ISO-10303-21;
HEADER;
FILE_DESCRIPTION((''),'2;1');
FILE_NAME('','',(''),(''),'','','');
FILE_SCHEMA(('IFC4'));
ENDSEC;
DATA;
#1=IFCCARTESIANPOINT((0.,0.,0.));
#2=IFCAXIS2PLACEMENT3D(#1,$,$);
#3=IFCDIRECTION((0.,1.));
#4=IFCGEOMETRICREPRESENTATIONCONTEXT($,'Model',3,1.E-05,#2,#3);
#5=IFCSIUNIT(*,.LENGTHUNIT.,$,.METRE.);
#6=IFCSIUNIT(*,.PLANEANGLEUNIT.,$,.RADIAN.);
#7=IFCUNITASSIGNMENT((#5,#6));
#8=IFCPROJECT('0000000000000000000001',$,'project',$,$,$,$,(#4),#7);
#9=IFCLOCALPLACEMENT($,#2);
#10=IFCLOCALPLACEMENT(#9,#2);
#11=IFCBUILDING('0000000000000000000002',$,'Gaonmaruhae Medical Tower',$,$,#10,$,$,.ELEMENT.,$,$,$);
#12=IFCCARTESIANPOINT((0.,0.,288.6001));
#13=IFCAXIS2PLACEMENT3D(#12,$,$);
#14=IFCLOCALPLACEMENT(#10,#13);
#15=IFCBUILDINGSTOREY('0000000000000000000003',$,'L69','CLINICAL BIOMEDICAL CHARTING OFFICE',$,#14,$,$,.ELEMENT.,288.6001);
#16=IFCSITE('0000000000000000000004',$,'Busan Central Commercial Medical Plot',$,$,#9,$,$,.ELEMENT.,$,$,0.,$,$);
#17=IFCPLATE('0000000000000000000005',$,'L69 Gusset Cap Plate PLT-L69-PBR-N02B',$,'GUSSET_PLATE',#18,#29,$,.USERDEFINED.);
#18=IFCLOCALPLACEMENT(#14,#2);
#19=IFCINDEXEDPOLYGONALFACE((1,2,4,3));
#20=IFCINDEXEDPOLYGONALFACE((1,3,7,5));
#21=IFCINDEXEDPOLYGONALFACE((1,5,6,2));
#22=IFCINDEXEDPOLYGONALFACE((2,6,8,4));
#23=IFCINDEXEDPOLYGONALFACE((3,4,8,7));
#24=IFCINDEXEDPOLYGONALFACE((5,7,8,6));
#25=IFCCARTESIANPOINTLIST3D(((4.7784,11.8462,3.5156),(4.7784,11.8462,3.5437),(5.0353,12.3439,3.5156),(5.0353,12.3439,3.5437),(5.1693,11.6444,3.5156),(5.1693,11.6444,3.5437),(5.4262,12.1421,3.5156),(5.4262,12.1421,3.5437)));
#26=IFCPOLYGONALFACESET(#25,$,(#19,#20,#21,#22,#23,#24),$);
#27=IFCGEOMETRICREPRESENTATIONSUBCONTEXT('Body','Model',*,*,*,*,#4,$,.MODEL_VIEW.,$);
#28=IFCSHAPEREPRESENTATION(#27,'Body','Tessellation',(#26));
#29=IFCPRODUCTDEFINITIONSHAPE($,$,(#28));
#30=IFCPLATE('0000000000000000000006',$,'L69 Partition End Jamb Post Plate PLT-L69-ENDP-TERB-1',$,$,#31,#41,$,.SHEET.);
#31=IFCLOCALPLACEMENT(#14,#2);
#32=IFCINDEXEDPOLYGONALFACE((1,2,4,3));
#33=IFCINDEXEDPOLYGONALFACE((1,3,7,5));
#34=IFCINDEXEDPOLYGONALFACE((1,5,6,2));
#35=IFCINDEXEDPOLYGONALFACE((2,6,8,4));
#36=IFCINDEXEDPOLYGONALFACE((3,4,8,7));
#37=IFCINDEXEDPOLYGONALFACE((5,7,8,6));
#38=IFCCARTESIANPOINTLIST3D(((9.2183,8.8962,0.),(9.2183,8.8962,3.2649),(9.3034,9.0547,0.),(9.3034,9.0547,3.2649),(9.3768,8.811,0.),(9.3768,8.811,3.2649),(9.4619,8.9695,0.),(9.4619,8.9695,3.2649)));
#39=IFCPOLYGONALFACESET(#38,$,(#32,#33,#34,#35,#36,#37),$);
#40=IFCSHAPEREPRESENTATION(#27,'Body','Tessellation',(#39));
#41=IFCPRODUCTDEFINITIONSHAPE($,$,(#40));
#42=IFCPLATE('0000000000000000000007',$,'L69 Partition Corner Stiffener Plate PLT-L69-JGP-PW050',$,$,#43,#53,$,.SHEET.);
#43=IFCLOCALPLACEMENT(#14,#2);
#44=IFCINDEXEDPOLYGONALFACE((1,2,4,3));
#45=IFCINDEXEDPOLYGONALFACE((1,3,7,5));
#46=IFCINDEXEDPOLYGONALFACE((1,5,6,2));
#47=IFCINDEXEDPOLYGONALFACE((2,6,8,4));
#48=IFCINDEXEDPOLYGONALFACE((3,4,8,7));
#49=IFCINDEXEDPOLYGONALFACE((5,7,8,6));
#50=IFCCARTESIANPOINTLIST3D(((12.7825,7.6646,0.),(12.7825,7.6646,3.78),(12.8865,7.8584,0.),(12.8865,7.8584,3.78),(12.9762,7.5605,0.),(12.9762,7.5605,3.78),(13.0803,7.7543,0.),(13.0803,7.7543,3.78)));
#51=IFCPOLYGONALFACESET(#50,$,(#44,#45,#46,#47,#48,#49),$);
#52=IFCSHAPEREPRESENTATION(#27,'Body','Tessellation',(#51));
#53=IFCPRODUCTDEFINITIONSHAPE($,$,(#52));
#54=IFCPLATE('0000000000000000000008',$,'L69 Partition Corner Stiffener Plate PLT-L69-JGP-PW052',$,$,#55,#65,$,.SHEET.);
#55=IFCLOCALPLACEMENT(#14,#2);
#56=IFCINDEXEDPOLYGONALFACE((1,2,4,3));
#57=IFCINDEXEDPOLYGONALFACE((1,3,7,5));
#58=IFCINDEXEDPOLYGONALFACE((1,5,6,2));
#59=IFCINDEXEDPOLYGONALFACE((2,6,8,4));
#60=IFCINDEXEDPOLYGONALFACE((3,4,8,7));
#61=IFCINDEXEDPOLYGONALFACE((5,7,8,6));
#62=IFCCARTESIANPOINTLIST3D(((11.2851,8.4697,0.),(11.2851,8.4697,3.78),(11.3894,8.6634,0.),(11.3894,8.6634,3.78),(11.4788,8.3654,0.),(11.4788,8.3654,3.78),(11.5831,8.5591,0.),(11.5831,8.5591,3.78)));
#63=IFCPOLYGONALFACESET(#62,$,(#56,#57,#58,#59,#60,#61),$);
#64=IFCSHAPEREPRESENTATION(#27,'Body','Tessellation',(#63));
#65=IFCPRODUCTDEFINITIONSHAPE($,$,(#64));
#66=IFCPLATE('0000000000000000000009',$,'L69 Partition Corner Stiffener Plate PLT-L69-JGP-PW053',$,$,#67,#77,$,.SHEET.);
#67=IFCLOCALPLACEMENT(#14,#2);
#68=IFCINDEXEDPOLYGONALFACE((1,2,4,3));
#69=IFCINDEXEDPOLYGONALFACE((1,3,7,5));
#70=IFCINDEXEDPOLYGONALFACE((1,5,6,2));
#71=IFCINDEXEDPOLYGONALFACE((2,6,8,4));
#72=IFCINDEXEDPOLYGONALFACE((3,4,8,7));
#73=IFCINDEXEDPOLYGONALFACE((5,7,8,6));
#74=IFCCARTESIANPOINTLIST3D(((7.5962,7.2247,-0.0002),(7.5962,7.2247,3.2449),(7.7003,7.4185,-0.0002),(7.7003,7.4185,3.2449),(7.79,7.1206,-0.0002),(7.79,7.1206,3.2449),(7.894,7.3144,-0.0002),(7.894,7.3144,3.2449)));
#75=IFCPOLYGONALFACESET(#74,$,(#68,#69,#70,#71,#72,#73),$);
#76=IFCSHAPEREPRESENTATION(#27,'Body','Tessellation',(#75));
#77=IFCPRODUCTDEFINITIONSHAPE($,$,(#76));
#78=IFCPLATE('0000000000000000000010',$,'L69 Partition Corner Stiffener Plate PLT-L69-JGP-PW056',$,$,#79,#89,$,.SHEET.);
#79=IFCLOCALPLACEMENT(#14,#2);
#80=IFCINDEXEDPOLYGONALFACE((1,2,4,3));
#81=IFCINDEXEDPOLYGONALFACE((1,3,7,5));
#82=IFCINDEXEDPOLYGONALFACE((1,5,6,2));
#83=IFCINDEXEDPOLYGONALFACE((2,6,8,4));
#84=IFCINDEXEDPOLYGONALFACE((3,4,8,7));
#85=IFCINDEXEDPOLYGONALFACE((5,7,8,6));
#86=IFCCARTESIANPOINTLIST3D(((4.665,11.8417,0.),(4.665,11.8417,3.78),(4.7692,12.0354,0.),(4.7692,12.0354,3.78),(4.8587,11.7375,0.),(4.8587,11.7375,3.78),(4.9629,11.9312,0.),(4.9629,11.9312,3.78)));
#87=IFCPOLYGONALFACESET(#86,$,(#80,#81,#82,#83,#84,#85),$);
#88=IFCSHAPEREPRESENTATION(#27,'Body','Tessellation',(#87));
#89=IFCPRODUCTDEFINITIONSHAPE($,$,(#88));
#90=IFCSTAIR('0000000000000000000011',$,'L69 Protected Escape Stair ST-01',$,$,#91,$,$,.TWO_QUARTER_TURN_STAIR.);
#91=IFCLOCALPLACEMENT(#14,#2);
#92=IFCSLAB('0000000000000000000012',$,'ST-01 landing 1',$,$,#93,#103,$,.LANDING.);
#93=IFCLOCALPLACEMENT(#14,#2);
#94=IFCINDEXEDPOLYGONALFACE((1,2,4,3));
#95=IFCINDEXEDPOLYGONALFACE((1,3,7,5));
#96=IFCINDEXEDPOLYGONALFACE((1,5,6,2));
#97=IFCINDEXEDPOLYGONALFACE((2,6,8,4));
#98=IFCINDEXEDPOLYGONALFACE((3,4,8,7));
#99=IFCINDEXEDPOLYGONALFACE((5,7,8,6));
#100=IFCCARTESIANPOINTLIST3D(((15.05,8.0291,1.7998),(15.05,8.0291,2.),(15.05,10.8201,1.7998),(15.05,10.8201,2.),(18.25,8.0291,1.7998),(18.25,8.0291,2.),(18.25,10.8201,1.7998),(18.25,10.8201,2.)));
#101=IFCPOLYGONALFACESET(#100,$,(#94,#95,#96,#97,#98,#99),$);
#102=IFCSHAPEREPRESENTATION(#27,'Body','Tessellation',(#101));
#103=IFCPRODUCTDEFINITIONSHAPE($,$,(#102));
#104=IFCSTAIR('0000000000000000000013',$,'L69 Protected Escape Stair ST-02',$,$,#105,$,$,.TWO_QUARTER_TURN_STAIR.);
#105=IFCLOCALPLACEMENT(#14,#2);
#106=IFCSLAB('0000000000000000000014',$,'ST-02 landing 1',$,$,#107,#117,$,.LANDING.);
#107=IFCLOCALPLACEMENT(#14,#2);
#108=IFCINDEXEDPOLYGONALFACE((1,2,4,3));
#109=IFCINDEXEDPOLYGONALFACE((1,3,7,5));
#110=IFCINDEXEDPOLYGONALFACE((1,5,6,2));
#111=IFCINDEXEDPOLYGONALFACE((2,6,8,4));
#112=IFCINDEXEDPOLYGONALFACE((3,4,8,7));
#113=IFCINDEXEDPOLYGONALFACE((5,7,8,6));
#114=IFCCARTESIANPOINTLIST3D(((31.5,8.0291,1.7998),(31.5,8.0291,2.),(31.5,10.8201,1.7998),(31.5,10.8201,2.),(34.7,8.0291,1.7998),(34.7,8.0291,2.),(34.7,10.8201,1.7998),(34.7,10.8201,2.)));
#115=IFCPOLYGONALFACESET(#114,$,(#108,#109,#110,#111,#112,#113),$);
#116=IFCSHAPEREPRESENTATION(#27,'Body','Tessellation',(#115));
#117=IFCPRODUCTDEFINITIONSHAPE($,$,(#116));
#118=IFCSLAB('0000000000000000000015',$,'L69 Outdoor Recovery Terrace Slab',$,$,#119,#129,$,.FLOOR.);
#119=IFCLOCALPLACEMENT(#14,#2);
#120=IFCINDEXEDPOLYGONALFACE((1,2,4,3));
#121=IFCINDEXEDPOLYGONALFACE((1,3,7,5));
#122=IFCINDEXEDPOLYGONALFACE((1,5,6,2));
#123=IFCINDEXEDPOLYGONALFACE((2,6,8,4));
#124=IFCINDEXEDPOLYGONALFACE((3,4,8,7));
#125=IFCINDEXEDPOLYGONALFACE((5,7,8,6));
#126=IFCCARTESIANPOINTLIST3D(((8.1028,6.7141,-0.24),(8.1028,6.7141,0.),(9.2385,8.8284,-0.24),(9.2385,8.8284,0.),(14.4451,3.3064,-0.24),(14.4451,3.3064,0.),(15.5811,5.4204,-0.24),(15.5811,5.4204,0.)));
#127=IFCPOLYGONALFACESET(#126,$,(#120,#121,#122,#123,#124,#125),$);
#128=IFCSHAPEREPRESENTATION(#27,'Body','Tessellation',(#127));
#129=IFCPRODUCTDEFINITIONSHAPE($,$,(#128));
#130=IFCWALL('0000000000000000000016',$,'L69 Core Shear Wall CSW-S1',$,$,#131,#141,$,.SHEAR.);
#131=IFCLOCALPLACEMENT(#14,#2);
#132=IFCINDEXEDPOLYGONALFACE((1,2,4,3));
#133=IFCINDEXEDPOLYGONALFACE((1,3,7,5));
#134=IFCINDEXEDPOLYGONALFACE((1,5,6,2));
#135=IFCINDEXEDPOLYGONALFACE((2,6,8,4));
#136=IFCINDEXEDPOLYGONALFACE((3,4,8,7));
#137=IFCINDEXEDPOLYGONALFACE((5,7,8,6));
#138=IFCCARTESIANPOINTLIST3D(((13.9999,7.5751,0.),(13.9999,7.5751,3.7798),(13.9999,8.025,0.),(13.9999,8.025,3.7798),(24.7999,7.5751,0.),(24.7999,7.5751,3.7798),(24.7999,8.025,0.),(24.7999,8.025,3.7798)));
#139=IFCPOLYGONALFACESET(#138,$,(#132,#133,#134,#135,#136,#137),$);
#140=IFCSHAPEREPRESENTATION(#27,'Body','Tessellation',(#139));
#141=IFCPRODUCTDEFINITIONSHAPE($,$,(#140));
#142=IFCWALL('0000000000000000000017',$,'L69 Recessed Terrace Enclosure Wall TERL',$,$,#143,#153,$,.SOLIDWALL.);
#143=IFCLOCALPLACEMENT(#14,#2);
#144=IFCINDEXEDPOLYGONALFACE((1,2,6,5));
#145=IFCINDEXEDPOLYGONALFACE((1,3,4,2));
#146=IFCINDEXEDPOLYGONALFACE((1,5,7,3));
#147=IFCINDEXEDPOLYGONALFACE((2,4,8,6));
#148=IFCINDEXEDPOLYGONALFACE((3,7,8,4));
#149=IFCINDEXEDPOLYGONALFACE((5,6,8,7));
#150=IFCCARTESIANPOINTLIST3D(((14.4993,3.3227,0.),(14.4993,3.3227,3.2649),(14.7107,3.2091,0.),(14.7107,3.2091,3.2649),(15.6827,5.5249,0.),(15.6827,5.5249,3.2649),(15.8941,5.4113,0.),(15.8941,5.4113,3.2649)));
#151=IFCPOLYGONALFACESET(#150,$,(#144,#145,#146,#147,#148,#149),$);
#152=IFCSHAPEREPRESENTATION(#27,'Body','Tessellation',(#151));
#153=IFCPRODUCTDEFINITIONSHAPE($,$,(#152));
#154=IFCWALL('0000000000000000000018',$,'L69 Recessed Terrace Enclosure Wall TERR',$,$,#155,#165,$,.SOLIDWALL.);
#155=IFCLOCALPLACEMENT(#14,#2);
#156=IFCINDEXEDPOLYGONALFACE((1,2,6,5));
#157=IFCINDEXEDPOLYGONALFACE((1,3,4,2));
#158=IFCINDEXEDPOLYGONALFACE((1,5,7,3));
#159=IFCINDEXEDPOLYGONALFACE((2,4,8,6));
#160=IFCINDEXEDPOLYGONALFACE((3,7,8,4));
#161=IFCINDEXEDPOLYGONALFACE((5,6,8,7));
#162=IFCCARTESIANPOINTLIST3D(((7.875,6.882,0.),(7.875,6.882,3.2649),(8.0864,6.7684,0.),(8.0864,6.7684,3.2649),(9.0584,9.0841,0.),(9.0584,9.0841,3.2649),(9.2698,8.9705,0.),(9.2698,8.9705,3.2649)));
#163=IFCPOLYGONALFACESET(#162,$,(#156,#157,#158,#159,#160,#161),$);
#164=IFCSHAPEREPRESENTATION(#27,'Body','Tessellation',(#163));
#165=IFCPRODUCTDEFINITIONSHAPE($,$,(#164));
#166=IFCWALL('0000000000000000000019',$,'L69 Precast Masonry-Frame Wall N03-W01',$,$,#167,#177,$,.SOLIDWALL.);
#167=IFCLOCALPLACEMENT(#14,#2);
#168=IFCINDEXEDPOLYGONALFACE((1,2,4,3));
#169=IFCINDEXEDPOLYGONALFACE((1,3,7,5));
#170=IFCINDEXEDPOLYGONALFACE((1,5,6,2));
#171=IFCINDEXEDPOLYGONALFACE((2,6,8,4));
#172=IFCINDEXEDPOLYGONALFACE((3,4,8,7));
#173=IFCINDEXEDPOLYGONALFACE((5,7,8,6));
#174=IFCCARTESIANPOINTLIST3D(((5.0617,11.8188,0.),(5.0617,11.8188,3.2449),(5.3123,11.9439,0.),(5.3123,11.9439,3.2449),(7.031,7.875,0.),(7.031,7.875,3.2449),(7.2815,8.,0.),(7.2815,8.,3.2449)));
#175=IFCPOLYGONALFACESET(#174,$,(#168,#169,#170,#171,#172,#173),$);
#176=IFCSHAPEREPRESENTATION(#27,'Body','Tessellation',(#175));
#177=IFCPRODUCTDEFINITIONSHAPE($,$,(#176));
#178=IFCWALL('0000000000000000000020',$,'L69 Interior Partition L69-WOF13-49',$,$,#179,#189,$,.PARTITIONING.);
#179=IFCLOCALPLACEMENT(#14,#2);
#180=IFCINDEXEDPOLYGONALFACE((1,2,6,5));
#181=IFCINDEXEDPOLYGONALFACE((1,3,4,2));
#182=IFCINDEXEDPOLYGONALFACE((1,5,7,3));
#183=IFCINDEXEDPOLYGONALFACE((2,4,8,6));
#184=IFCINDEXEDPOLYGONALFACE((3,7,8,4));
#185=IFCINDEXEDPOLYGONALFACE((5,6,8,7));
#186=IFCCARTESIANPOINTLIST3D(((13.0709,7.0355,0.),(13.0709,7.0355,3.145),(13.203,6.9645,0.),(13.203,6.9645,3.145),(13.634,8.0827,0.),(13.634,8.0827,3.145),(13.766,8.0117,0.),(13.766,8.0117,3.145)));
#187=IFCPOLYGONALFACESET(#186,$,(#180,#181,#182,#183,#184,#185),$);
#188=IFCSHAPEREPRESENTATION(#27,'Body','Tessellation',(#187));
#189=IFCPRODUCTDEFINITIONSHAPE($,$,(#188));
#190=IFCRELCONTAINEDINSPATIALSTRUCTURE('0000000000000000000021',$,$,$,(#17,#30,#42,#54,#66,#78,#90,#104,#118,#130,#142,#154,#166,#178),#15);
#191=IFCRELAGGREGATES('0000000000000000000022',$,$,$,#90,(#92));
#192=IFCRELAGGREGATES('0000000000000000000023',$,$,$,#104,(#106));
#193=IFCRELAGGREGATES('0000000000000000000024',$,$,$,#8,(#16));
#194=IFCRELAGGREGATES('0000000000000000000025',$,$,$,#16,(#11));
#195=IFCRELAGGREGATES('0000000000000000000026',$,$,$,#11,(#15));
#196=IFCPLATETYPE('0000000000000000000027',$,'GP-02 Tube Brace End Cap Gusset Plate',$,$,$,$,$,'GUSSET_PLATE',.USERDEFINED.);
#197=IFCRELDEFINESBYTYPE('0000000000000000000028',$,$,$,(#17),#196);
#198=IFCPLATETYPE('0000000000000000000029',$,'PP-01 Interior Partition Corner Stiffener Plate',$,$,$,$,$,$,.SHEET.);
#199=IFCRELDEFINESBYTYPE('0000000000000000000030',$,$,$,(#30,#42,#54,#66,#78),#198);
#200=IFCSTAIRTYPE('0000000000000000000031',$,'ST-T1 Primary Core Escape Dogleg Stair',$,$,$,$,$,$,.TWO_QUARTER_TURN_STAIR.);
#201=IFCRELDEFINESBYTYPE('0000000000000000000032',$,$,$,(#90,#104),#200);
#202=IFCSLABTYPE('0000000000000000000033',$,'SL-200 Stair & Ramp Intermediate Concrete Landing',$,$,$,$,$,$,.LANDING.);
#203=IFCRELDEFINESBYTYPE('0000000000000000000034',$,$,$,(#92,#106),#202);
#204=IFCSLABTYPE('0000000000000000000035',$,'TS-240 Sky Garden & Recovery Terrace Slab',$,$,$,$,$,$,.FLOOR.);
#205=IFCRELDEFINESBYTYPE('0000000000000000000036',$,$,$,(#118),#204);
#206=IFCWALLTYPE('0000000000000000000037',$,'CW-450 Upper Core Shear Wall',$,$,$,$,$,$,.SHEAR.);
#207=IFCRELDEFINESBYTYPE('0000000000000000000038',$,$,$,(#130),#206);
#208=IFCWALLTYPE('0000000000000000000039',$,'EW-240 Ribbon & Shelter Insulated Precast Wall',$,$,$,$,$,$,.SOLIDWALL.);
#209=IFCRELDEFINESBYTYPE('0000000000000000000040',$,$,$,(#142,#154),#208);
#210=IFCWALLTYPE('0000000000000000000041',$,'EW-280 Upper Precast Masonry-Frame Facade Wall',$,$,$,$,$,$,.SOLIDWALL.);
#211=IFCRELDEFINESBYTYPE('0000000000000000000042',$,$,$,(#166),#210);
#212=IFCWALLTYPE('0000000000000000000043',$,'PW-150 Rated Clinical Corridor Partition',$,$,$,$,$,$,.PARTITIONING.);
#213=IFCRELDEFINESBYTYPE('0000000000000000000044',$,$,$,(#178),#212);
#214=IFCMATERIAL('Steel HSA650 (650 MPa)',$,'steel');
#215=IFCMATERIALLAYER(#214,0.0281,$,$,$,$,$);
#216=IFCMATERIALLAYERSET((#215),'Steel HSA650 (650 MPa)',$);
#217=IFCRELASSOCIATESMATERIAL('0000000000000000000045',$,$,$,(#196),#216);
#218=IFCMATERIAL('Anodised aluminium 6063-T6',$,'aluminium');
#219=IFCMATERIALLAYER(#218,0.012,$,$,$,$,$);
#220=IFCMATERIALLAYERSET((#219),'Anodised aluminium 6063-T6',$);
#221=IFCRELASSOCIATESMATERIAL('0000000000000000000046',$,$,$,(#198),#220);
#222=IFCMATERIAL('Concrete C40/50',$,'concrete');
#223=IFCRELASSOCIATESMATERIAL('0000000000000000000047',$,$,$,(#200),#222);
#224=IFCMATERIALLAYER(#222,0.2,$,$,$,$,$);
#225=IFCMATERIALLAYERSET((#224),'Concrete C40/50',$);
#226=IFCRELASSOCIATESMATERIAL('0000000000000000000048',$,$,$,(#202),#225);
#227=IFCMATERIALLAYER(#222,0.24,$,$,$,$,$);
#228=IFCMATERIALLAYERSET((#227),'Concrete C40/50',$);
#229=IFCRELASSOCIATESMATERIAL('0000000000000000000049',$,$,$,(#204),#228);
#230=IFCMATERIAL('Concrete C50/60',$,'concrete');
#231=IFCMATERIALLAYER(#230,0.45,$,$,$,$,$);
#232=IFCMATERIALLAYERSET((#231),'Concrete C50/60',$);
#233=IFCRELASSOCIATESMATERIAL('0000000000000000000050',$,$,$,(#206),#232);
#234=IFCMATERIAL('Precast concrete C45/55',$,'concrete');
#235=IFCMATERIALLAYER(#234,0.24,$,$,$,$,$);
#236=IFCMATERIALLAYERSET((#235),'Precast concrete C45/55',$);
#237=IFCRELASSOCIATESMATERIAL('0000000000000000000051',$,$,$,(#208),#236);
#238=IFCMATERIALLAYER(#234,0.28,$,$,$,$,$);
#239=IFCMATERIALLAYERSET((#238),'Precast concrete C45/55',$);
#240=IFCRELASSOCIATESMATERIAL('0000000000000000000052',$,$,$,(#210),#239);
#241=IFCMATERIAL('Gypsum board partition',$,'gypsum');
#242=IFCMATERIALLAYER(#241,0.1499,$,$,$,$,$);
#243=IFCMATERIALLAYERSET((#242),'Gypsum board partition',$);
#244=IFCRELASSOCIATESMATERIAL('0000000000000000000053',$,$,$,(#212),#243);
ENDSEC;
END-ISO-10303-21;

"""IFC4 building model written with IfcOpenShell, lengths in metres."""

from ifc_helpers import new_model, si_unit, direction, frame, frame_2d, origin, origin_2d, place, context, subcontext, project, spatial, polyline, rectangle, outline, extrude, material, layer, layer_set, type_object, element, aggregate, save


model = new_model("IFC4")

# Units and contexts
model_context = context("Model", 3, precision=1e-05, world=origin(), true_north=direction((0.0, 1.0)))
body_context = subcontext(model_context, "Body", "Model", "MODEL_VIEW")
ifc_project = project(units=[si_unit("LENGTHUNIT", "METRE"), si_unit("PLANEANGLEUNIT", "RADIAN")], contexts=[model_context])

# Site, building, storey
site_placement = place(None, origin())
site = spatial("IfcSite", under=ifc_project, at=site_placement, Name="Busan Central Commercial Medical Plot", CompositionType="ELEMENT", RefElevation=0.0)
building_placement = place(site_placement, origin())
building = spatial("IfcBuilding", under=site, at=building_placement, Name="Gaonmaruhae Medical Tower", CompositionType="ELEMENT")
storey_placement = place(building_placement, frame((0.0, 0.0, 288.6001)))
storey = spatial("IfcBuildingStorey", under=building, at=storey_placement, Name="L69", Description="CLINICAL BIOMEDICAL CHARTING OFFICE", CompositionType="ELEMENT", Elevation=288.6001)

# Shared definitions
ifc_material_1 = material(Name="Concrete C50/60", Category="concrete")

# Shared definitions
ifc_material_2 = material(Name="Concrete C40/50", Category="concrete")

# Plates
ifc_material_3 = material(Name="Steel HSA650 (650 MPa)", Category="steel")
ifc_layer_1 = layer(ifc_material_3, 0.0281)
ifc_layer_set_1 = layer_set([ifc_layer_1], Name="Steel HSA650 (650 MPa)")
plate_type_1 = type_object("IfcPlateType", Name="GP-02 Tube Brace End Cap Gusset Plate", ElementType="GUSSET_PLATE", PredefinedType="USERDEFINED", material=ifc_layer_set_1)
plate_1_placement = place(storey_placement, frame((5.1023, 11.9941, 3.5156), z_axis=(0.0, 0.0, 1.0), x_axis=(0.45865, 0.888617, 0.0)))
element("IfcPlate", 1, at=plate_1_placement, inside=storey, type_object=plate_type_1, Name="L69 Gusset Cap Plate PLT-L69-PBR-N02B", ObjectType="GUSSET_PLATE", PredefinedType="USERDEFINED", context=body_context, shape_type="SweptSolid", body=[
    extrude(rectangle(XDim=0.5601, YDim=0.4399, at=origin_2d()), origin(), (0.0, 0.0, 1.0), 0.0281),
])
ifc_material_4 = material(Name="Anodised aluminium 6063-T6", Category="aluminium")
ifc_layer_2 = layer(ifc_material_4, 0.012)
ifc_layer_set_2 = layer_set([ifc_layer_2], Name="Anodised aluminium 6063-T6")
plate_type_2 = type_object("IfcPlateType", Name="PP-01 Interior Partition Corner Stiffener Plate", PredefinedType="SHEET", material=ifc_layer_set_2)
plate_2_placement = place(storey_placement, frame((9.3401, 8.9329, 0.0), z_axis=(0.0, 0.0, 1.0), x_axis=(-0.880891, 0.47332, 0.0)))
element("IfcPlate", 2, at=plate_2_placement, inside=storey, type_object=plate_type_2, Name="L69 Partition End Jamb Post Plate PLT-L69-ENDP-TERB-1", PredefinedType="SHEET", context=body_context, shape_type="SweptSolid", body=[
    extrude(rectangle(XDim=0.1799, YDim=0.1799, at=origin_2d()), origin(), (0.0, 0.0, 1.0), 3.2649),
])
for number, where, z_axis, x_axis, name in (
    (3, (12.9314, 7.7095, 0.0), (0.0, 0.0, 1.0), (0.473197, 0.880957, 0.0), "L69 Partition Corner Stiffener Plate PLT-L69-JGP-PW050"),
    (4, (11.4341, 8.5144, 0.0), (0.0, 0.0, 1.0), (-0.473935, -0.88056, 0.0), "L69 Partition Corner Stiffener Plate PLT-L69-JGP-PW052"),
):
    element("IfcPlate", number, at=place(storey_placement, frame(where, z_axis=z_axis, x_axis=x_axis)), inside=storey, type_object=plate_type_2, Name=name, PredefinedType="SHEET", context=body_context, shape_type="SweptSolid", body=[
        extrude(rectangle(XDim=0.22, YDim=0.22, at=origin_2d()), origin(), (0.0, 0.0, 1.0), 3.78),
    ])
plate_3_placement = place(storey_placement, frame((7.7451, 7.2695, -0.0002), z_axis=(0.0, 0.0, 1.0), x_axis=(-0.881015, 0.473089, 0.0)))
element("IfcPlate", 5, at=plate_3_placement, inside=storey, type_object=plate_type_2, Name="L69 Partition Corner Stiffener Plate PLT-L69-JGP-PW053", PredefinedType="SHEET", context=body_context, shape_type="SweptSolid", body=[
    extrude(rectangle(XDim=0.22, YDim=0.22, at=origin_2d()), origin(), (0.0, 0.0, 1.0), 3.2451),
])
plate_4_placement = place(storey_placement, frame((4.814, 11.8865, 0.0), z_axis=(0.0, 0.0, 1.0), x_axis=(-0.880684, 0.473704, 0.0)))
element("IfcPlate", 6, at=plate_4_placement, inside=storey, type_object=plate_type_2, Name="L69 Partition Corner Stiffener Plate PLT-L69-JGP-PW056", PredefinedType="SHEET", context=body_context, shape_type="SweptSolid", body=[
    extrude(rectangle(XDim=0.22, YDim=0.22, at=origin_2d()), origin(), (0.0, 0.0, 1.0), 3.78),
])

# Stairs, slabs
stair_type = type_object("IfcStairType", Name="ST-T1 Primary Core Escape Dogleg Stair", PredefinedType="TWO_QUARTER_TURN_STAIR", material=ifc_material_2)
stair_1_placement = place(storey_placement, origin())
stair_1 = element("IfcStair", 7, at=stair_1_placement, inside=storey, type_object=stair_type, Name="L69 Protected Escape Stair ST-01", PredefinedType="TWO_QUARTER_TURN_STAIR")
ifc_layer_3 = layer(ifc_material_2, 0.2)
ifc_layer_set_3 = layer_set([ifc_layer_3], Name="Concrete C40/50")
slab_type_1 = type_object("IfcSlabType", Name="SL-200 Stair & Ramp Intermediate Concrete Landing", PredefinedType="LANDING", material=ifc_layer_set_3)
slab_1_placement = place(storey_placement, frame((0.0, 0.0, 1.7998)))
slab_1 = element("IfcSlab", 8, at=slab_1_placement, type_object=slab_type_1, Name="ST-01 landing 1", PredefinedType="LANDING", context=body_context, shape_type="SweptSolid", body=[
    extrude(outline(polyline([(15.05, 10.8201), (15.05, 8.0291), (18.25, 8.0291), (18.25, 10.8201), (15.05, 10.8201)])), origin(), (0.0, 0.0, 1.0), 0.2002),
])
aggregate(stair_1, [slab_1])
stair_2_placement = place(storey_placement, origin())
stair_2 = element("IfcStair", 9, at=stair_2_placement, inside=storey, type_object=stair_type, Name="L69 Protected Escape Stair ST-02", PredefinedType="TWO_QUARTER_TURN_STAIR")
slab_2_placement = place(storey_placement, frame((0.0, 0.0, 1.7998)))
slab_2 = element("IfcSlab", 10, at=slab_2_placement, type_object=slab_type_1, Name="ST-02 landing 1", PredefinedType="LANDING", context=body_context, shape_type="SweptSolid", body=[
    extrude(outline(polyline([(31.5, 10.8201), (31.5, 8.0291), (34.7, 8.0291), (34.7, 10.8201), (31.5, 10.8201)])), origin(), (0.0, 0.0, 1.0), 0.2002),
])
aggregate(stair_2, [slab_2])

# Slab
ifc_layer_4 = layer(ifc_material_2, 0.24)
ifc_layer_set_4 = layer_set([ifc_layer_4], Name="Concrete C40/50")
slab_type_2 = type_object("IfcSlabType", Name="TS-240 Sky Garden & Recovery Terrace Slab", PredefinedType="FLOOR", material=ifc_layer_set_4)
slab_3_placement = place(storey_placement, frame((0.0, 0.0, -0.24)))
element("IfcSlab", 11, at=slab_3_placement, inside=storey, type_object=slab_type_2, Name="L69 Outdoor Recovery Terrace Slab", PredefinedType="FLOOR", context=body_context, shape_type="SweptSolid", body=[
    extrude(outline(polyline([(14.4451, 3.3064), (15.5811, 5.4204), (9.2385, 8.8284), (8.1028, 6.7141), (14.4451, 3.3064)])), origin(), (0.0, 0.0, 1.0), 0.24),
])

# Walls
ifc_layer_5 = layer(ifc_material_1, 0.45)
ifc_layer_set_5 = layer_set([ifc_layer_5], Name="Concrete C50/60")
wall_type_1 = type_object("IfcWallType", Name="CW-450 Upper Core Shear Wall", PredefinedType="SHEAR", material=ifc_layer_set_5)
wall_1_placement = place(storey_placement, frame((14.0, 7.8, 0.0), z_axis=(0.0, 0.0, 1.0), x_axis=(1.0, 0.0, 0.0)))
element("IfcWall", 12, at=wall_1_placement, inside=storey, type_object=wall_type_1, Name="L69 Core Shear Wall CSW-S1", PredefinedType="SHEAR", context=body_context, shape_type="SweptSolid", body=[
    extrude(rectangle(XDim=10.8, YDim=0.45, at=frame_2d((5.3999, 0.0))), origin(), (0.0, 0.0, 1.0), 3.7798),
])
ifc_material_5 = material(Name="Precast concrete C45/55", Category="concrete")
ifc_layer_6 = layer(ifc_material_5, 0.24)
ifc_layer_set_6 = layer_set([ifc_layer_6], Name="Precast concrete C45/55")
wall_type_2 = type_object("IfcWallType", Name="EW-240 Ribbon & Shelter Insulated Precast Wall", PredefinedType="SOLIDWALL", material=ifc_layer_set_6)
for number, where, z_axis, x_axis, name in (
    (13, (14.605, 3.2659, 0.0), (0.0, 0.0, 1.0), (0.473348, 0.880875, 0.0), "L69 Recessed Terrace Enclosure Wall TERL"),
    (14, (9.1641, 9.0273, 0.0), (0.0, 0.0, 1.0), (-0.473348, -0.880875, 0.0), "L69 Recessed Terrace Enclosure Wall TERR"),
):
    element("IfcWall", number, at=place(storey_placement, frame(where, z_axis=z_axis, x_axis=x_axis)), inside=storey, type_object=wall_type_2, Name=name, PredefinedType="SOLIDWALL", context=body_context, shape_type="SweptSolid", body=[
        extrude(rectangle(XDim=2.5, YDim=0.24, at=frame_2d((1.25, 0.0))), origin(), (0.0, 0.0, 1.0), 3.2649),
    ])
ifc_layer_7 = layer(ifc_material_5, 0.28)
ifc_layer_set_7 = layer_set([ifc_layer_7], Name="Precast concrete C45/55")
wall_type_3 = type_object("IfcWallType", Name="EW-280 Upper Precast Masonry-Frame Facade Wall", PredefinedType="SOLIDWALL", material=ifc_layer_set_7)
wall_2_placement = place(storey_placement, frame((7.1562, 7.9375, 0.0), z_axis=(0.0, 0.0, 1.0), x_axis=(-0.446726, 0.894671, 0.0)))
element("IfcWall", 15, at=wall_2_placement, inside=storey, type_object=wall_type_3, Name="L69 Precast Masonry-Frame Wall N03-W01", PredefinedType="SOLIDWALL", context=body_context, shape_type="SweptSolid", body=[
    extrude(rectangle(XDim=4.4082, YDim=0.28, at=frame_2d((2.2041, 0.0))), origin(), (0.0, 0.0, 1.0), 3.2449),
])
ifc_material_6 = material(Name="Gypsum board partition", Category="gypsum")
ifc_layer_8 = layer(ifc_material_6, 0.1499)
ifc_layer_set_8 = layer_set([ifc_layer_8], Name="Gypsum board partition")
wall_type_4 = type_object("IfcWallType", Name="PW-150 Rated Clinical Corridor Partition", PredefinedType="PARTITIONING", material=ifc_layer_set_8)
wall_3_placement = place(storey_placement, frame((13.137, 7.0, 0.0), z_axis=(0.0, 0.0, 1.0), x_axis=(0.473549, 0.880768, 0.0)))
element("IfcWall", 16, at=wall_3_placement, inside=storey, type_object=wall_type_4, Name="L69 Interior Partition L69-WOF13-49", PredefinedType="PARTITIONING", context=body_context, shape_type="SweptSolid", body=[
    extrude(rectangle(XDim=1.189, YDim=0.1499, at=frame_2d((0.5945, 0.0))), origin(), (0.0, 0.0, 1.0), 3.145),
])

save(model, "model.ifc")
